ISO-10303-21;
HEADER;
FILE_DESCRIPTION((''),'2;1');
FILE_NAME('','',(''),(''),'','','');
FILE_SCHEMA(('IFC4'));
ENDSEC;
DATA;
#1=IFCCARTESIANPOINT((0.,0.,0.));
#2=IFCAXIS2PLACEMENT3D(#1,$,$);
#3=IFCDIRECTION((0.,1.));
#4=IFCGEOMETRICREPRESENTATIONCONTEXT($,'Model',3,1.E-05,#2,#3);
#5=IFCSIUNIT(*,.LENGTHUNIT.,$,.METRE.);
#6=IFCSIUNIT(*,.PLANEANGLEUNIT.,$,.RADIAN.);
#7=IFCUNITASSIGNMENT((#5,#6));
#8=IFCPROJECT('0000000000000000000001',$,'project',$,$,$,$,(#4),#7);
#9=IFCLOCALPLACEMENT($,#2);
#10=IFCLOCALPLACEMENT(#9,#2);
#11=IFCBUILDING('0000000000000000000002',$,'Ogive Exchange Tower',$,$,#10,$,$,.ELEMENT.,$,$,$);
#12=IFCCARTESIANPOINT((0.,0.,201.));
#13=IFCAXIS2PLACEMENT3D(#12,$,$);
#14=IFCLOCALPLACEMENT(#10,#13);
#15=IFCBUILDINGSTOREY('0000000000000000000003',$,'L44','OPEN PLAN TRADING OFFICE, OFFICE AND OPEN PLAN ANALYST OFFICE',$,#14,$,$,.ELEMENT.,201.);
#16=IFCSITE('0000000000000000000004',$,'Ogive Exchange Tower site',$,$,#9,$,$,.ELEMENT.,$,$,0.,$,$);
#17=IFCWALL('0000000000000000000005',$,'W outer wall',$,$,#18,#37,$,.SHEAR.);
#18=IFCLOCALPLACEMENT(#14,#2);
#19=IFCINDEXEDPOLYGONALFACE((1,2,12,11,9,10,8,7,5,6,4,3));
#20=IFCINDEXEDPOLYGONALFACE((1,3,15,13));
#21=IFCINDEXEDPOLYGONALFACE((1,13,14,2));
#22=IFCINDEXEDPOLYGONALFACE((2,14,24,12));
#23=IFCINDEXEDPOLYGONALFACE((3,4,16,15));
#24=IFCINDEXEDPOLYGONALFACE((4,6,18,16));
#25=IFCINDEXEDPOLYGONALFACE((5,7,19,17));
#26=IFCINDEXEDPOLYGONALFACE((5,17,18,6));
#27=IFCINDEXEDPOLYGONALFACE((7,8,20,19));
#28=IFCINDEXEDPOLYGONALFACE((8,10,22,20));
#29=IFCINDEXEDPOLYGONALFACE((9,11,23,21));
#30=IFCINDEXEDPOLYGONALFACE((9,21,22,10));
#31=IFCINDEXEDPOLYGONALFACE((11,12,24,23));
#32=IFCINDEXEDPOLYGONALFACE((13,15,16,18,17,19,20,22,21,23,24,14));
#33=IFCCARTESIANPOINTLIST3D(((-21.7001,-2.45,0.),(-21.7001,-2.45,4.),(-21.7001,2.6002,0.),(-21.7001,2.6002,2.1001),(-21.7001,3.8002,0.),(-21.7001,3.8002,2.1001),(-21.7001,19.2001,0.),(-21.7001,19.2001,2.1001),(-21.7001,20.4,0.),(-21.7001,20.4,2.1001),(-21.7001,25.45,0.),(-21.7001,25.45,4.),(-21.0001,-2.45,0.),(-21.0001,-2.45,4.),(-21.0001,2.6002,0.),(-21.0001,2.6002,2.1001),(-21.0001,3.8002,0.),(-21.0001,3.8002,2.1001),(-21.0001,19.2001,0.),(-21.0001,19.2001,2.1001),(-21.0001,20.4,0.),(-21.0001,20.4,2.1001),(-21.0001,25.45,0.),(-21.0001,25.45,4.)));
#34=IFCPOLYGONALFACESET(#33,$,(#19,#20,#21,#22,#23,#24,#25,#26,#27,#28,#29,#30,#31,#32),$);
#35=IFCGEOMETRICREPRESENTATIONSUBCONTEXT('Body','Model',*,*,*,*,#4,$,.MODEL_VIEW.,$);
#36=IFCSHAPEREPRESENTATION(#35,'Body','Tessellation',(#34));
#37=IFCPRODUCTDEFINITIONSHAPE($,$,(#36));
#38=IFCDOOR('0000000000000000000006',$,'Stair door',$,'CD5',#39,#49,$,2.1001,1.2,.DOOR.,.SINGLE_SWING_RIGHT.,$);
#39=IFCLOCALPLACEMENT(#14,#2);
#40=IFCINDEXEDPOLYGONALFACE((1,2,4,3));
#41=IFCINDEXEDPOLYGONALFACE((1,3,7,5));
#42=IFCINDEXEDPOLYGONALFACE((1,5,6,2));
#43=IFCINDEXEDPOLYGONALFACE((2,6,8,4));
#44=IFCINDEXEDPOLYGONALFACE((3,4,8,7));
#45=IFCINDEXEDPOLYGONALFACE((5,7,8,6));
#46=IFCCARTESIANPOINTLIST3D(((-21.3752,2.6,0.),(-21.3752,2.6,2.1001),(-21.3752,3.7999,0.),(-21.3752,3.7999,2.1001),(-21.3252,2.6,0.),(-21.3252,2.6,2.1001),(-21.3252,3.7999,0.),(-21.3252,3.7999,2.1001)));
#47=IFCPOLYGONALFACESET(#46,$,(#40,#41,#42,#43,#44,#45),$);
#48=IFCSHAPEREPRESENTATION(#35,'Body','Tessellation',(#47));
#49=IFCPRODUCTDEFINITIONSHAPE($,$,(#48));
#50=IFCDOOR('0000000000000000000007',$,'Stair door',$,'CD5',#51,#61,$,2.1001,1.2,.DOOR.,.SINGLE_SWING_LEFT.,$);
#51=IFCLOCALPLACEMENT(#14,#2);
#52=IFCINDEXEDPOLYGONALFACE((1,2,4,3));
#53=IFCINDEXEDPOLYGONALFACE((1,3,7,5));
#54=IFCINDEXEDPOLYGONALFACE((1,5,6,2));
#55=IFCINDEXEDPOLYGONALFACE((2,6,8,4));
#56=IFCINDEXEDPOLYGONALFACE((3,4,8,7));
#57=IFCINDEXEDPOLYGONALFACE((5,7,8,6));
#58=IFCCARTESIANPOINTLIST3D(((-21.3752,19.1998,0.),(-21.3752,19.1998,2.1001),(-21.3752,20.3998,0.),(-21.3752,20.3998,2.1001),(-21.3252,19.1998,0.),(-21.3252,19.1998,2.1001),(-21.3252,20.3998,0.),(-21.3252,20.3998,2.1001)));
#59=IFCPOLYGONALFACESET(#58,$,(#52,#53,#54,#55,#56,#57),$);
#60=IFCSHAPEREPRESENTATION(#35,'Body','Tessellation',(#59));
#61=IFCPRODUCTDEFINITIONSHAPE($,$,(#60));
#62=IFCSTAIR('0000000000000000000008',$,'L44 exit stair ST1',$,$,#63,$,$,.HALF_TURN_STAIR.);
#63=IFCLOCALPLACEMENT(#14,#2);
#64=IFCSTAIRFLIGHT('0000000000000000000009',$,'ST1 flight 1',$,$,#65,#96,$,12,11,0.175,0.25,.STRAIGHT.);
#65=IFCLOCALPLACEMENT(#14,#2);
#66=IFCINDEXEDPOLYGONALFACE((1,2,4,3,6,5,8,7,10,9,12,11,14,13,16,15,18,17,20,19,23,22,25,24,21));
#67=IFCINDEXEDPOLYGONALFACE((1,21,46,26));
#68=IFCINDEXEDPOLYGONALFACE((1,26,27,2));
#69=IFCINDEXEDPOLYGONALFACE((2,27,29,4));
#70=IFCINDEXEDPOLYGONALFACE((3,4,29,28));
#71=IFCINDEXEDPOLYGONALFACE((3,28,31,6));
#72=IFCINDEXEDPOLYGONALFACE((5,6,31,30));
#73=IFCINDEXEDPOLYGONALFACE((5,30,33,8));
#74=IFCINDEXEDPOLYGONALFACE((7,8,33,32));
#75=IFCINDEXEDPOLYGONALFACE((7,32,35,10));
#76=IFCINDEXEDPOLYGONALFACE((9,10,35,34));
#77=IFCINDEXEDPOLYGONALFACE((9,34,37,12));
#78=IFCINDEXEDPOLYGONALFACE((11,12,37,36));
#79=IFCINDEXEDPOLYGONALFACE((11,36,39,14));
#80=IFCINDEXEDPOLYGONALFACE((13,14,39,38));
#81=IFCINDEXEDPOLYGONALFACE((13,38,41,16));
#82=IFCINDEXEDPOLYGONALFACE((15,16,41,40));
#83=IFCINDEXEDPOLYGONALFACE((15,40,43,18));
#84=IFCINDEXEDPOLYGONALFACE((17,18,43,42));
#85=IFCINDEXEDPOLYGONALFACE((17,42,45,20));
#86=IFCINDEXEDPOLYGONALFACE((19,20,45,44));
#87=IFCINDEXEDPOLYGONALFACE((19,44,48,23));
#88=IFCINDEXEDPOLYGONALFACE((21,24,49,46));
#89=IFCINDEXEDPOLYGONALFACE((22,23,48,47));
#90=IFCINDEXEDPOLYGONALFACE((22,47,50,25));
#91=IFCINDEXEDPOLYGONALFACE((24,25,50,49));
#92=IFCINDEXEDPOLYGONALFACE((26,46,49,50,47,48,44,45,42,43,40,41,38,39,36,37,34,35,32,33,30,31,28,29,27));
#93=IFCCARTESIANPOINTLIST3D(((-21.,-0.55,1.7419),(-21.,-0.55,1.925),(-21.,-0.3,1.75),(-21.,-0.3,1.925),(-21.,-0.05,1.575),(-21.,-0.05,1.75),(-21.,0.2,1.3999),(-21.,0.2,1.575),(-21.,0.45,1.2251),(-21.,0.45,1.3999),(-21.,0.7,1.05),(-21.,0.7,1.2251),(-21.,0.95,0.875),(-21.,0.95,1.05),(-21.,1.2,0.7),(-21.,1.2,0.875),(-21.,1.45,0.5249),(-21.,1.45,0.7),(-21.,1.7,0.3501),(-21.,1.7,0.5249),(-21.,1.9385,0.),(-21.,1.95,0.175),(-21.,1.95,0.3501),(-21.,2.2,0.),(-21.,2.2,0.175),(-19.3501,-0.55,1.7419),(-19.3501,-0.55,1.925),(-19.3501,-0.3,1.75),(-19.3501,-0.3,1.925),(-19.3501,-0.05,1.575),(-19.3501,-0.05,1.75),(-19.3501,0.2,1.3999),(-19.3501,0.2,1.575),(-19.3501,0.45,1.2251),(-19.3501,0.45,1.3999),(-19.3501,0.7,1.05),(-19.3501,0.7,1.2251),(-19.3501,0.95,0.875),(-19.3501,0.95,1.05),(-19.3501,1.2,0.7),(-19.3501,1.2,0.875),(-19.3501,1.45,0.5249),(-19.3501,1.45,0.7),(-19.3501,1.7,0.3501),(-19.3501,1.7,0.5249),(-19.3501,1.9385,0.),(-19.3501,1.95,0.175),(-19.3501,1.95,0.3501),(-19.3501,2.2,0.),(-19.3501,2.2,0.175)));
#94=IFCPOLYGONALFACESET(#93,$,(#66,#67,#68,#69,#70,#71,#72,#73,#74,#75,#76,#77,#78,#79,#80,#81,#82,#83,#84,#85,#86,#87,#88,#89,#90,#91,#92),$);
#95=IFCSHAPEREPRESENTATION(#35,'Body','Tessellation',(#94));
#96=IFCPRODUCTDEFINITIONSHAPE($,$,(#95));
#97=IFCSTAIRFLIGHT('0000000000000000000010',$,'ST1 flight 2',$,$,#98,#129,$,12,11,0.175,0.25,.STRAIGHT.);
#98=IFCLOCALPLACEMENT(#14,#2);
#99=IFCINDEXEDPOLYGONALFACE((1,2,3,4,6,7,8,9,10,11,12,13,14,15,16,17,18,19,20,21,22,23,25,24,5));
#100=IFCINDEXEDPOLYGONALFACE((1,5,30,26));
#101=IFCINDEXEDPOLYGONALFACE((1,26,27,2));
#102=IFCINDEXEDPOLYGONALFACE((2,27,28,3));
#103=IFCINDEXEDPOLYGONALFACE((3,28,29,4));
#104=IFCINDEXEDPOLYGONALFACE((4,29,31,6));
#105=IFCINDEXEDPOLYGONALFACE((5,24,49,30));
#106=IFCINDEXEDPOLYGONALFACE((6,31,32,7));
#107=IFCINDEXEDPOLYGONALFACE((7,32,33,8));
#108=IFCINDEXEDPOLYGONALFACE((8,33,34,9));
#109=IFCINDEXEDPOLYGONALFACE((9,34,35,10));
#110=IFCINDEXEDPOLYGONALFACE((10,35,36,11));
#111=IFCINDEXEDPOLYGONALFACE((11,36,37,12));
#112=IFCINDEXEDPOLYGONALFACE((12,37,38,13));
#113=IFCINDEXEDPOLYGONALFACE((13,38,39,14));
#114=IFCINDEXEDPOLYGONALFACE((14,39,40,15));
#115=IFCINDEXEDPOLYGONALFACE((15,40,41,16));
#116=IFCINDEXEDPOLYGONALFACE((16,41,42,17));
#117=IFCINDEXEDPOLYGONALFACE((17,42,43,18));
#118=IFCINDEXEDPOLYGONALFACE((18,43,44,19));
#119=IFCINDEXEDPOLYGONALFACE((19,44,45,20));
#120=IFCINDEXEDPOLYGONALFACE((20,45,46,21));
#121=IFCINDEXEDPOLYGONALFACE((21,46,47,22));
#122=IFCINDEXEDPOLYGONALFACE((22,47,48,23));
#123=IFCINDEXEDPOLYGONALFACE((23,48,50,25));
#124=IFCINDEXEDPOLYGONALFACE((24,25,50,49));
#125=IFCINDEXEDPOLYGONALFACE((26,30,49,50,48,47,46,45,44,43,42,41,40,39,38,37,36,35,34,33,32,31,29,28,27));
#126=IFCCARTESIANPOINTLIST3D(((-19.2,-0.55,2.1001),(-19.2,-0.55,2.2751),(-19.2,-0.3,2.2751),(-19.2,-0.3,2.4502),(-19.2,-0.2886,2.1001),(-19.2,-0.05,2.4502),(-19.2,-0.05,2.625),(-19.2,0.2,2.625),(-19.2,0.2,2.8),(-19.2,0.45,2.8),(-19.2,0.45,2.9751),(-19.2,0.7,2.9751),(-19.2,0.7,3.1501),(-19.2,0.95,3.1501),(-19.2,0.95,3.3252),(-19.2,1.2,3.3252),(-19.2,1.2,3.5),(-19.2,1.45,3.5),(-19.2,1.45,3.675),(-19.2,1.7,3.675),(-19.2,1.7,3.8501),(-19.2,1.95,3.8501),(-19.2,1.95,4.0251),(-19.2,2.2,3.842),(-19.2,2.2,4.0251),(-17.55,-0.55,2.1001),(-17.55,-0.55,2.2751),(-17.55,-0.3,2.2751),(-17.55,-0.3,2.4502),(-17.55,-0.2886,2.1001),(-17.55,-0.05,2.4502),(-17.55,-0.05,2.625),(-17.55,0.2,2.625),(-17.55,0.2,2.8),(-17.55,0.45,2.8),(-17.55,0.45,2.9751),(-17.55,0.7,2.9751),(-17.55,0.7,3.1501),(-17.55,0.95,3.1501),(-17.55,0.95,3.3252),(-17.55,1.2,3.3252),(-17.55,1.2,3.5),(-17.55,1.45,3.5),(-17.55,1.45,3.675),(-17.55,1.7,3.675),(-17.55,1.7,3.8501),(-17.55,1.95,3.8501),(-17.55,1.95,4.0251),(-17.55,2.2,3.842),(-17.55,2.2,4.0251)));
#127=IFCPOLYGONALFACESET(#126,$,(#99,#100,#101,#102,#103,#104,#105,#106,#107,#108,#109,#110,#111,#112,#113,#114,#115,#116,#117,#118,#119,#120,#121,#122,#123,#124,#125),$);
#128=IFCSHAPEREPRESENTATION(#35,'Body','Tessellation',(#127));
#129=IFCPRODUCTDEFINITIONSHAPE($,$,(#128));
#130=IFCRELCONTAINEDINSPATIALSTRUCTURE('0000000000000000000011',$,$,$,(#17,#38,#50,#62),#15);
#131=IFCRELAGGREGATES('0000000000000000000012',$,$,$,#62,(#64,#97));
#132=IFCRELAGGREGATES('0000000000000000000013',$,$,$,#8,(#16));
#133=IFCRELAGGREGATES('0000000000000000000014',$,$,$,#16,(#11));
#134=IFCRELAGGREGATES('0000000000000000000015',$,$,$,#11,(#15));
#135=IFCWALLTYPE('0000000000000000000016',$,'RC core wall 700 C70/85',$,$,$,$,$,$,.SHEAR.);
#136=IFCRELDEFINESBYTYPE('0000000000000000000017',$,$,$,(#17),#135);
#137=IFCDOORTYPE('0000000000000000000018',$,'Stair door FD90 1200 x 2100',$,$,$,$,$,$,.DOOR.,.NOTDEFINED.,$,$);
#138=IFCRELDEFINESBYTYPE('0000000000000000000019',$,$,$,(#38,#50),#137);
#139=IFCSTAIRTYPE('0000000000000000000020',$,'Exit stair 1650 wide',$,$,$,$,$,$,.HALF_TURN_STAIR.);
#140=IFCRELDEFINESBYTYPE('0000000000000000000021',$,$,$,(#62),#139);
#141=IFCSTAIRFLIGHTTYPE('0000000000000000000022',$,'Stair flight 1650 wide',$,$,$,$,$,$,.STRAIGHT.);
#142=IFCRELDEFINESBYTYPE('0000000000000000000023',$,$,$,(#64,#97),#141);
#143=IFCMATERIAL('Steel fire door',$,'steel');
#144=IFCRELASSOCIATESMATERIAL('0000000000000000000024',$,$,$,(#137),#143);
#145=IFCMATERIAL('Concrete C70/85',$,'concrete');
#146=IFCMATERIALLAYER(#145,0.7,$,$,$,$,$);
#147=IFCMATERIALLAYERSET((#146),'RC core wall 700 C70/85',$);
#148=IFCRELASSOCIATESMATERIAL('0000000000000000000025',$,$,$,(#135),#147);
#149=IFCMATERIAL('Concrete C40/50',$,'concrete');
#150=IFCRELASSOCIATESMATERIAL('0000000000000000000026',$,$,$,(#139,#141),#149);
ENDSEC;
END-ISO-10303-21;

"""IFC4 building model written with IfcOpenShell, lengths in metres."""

from ifc_helpers import new_model, si_unit, direction, frame, frame_2d, origin, place, context, subcontext, project, spatial, polyline, rectangle, outline, extrude, material, layer, layer_set, type_object, element, fill, aggregate, save


model = new_model("IFC4")

# Units and contexts
model_context = context("Model", 3, precision=1e-05, world=origin(), true_north=direction((0.0, 1.0)))
body_context = subcontext(model_context, "Body", "Model", "MODEL_VIEW")
ifc_project = project(units=[si_unit("LENGTHUNIT", "METRE"), si_unit("PLANEANGLEUNIT", "RADIAN")], contexts=[model_context])

# Site, building, storey
site_placement = place(None, origin())
site = spatial("IfcSite", under=ifc_project, at=site_placement, Name="Ogive Exchange Tower site", CompositionType="ELEMENT", RefElevation=0.0)
building_placement = place(site_placement, origin())
building = spatial("IfcBuilding", under=site, at=building_placement, Name="Ogive Exchange Tower", CompositionType="ELEMENT")
storey_placement = place(building_placement, frame((0.0, 0.0, 201.0)))
storey = spatial("IfcBuildingStorey", under=building, at=storey_placement, Name="L44", Description="OPEN PLAN TRADING OFFICE, OFFICE AND OPEN PLAN ANALYST OFFICE", CompositionType="ELEMENT", Elevation=201.0)

# Shared definitions
ifc_material_1 = material(Name="Concrete C70/85", Category="concrete")
ifc_material_2 = material(Name="Steel fire door", Category="steel")
door_type_1 = type_object("IfcDoorType", Name="Stair door FD90 1200 x 2100", OperationType="NOTDEFINED", PredefinedType="DOOR", material=ifc_material_2)

# Wall, openings, doors
ifc_layer_1 = layer(ifc_material_1, 0.7)
ifc_layer_set_1 = layer_set([ifc_layer_1], Name="RC core wall 700 C70/85")
wall_type_1 = type_object("IfcWallType", Name="RC core wall 700 C70/85", PredefinedType="SHEAR", material=ifc_layer_set_1)
wall_1_placement = place(storey_placement, frame((-21.3501, -2.45, 0.0), z_axis=(0.0, 0.0, 1.0), x_axis=(0.0, 1.0, 0.0)))
wall_1 = element("IfcWall", 1, at=wall_1_placement, inside=storey, type_object=wall_type_1, Name="W outer wall", PredefinedType="SHEAR", context=body_context, shape_type="SweptSolid", body=[
    extrude(rectangle(XDim=27.8999, YDim=0.7, at=frame_2d((13.95, 0.0))), origin(), (0.0, 0.0, 1.0), 4.0),
])
opening_1_placement = place(wall_1_placement, frame((5.05, 0.0, 0.0)))
opening_1 = element("IfcOpeningElement", 2, at=opening_1_placement, cuts=wall_1, PredefinedType="OPENING", context=body_context, shape_type="SweptSolid", body=[
    extrude(rectangle(XDim=1.2, YDim=2.1001, at=frame_2d((0.6001, 1.05))), frame((0.0, 0.3599, 0.0), z_axis=(0.0, -1.0, 0.0), x_axis=(1.0, 0.0, 0.0)), (0.0, 0.0, 1.0), 0.72),
])
opening_2_placement = place(wall_1_placement, frame((21.6499, 0.0, 0.0)))
opening_2 = element("IfcOpeningElement", 3, at=opening_2_placement, cuts=wall_1, PredefinedType="OPENING", context=body_context, shape_type="SweptSolid", body=[
    extrude(rectangle(XDim=1.2, YDim=2.1001, at=frame_2d((0.6001, 1.05))), frame((0.0, 0.3599, 0.0), z_axis=(0.0, -1.0, 0.0), x_axis=(1.0, 0.0, 0.0)), (0.0, 0.0, 1.0), 0.72),
])
door_1_placement = place(opening_1_placement, frame((1.2, 0.0, 0.0), z_axis=(0.0, 0.0, 1.0), x_axis=(-1.0, 0.0, 0.0)))
door_1 = element("IfcDoor", 4, at=door_1_placement, inside=storey, type_object=door_type_1, Name="Stair door", ObjectType="CD5", OperationType="SINGLE_SWING_RIGHT", OverallHeight=2.1001, OverallWidth=1.2, PredefinedType="DOOR", context=body_context, shape_type="SweptSolid", body=[
    extrude(rectangle(XDim=1.2, YDim=2.1001, at=frame_2d((0.6001, 1.05))), frame((0.0, 0.0249, 0.0), z_axis=(0.0, -1.0, 0.0), x_axis=(1.0, 0.0, 0.0)), (0.0, 0.0, 1.0), 0.05),
])
fill(opening_1, door_1)
door_2_placement = place(opening_2_placement, frame((1.2, 0.0, 0.0), z_axis=(0.0, 0.0, 1.0), x_axis=(-1.0, 0.0, 0.0)))
door_2 = element("IfcDoor", 5, at=door_2_placement, inside=storey, type_object=door_type_1, Name="Stair door", ObjectType="CD5", OperationType="SINGLE_SWING_LEFT", OverallHeight=2.1001, OverallWidth=1.2, PredefinedType="DOOR", context=body_context, shape_type="SweptSolid", body=[
    extrude(rectangle(XDim=1.2, YDim=2.1001, at=frame_2d((0.6001, 1.05))), frame((0.0, 0.0249, 0.0), z_axis=(0.0, -1.0, 0.0), x_axis=(1.0, 0.0, 0.0)), (0.0, 0.0, 1.0), 0.05),
])
fill(opening_2, door_2)

# Stair, stair flights
ifc_material_3 = material(Name="Concrete C40/50", Category="concrete")
stair_type = type_object("IfcStairType", Name="Exit stair 1650 wide", PredefinedType="HALF_TURN_STAIR", material=ifc_material_3)
stair_placement = place(storey_placement, origin())
stair = element("IfcStair", 6, at=stair_placement, inside=storey, type_object=stair_type, Name="L44 exit stair ST1", PredefinedType="HALF_TURN_STAIR")
stair_flight_type = type_object("IfcStairFlightType", Name="Stair flight 1650 wide", PredefinedType="STRAIGHT", material=ifc_material_3)
stair_flight_1_placement = place(storey_placement, frame((-20.175, 2.2, 0.0), z_axis=(0.0, 0.0, 1.0), x_axis=(0.0, -1.0, 0.0)))
stair_flight_1 = element("IfcStairFlight", 7, at=stair_flight_1_placement, type_object=stair_flight_type, Name="ST1 flight 1", NumberOfRisers=12, NumberOfTreads=11, PredefinedType="STRAIGHT", RiserHeight=0.175, TreadLength=0.25, context=body_context, shape_type="SweptSolid", body=[
    extrude(outline(polyline([(0.0, 0.0), (0.0, 0.175), (0.25, 0.175), (0.25, 0.3501), (0.5, 0.3501), (0.5, 0.5249), (0.75, 0.5249), (0.75, 0.7), (1.0, 0.7), (1.0, 0.875), (1.25, 0.875), (1.25, 1.05), (1.5, 1.05), (1.5, 1.2251), (1.75, 1.2251), (1.75, 1.3999), (2.0, 1.3999), (2.0, 1.575), (2.25, 1.575), (2.25, 1.75), (2.5, 1.75), (2.5, 1.925), (2.75, 1.925), (2.75, 2.1001), (2.75, 1.7419), (0.2615, 0.0), (0.0, 0.0)])), frame((0.0, 0.825, 0.0), z_axis=(0.0, -1.0, 0.0), x_axis=(1.0, 0.0, 0.0)), (0.0, 0.0, 1.0), 1.6499),
])
stair_flight_2_placement = place(storey_placement, frame((-18.375, -0.55, 2.1001), z_axis=(0.0, 0.0, 1.0), x_axis=(0.0, 1.0, 0.0)))
stair_flight_2 = element("IfcStairFlight", 8, at=stair_flight_2_placement, type_object=stair_flight_type, Name="ST1 flight 2", NumberOfRisers=12, NumberOfTreads=11, PredefinedType="STRAIGHT", RiserHeight=0.175, TreadLength=0.25, context=body_context, shape_type="SweptSolid", body=[
    extrude(outline(polyline([(0.0, 0.0), (0.0, 0.175), (0.25, 0.175), (0.25, 0.3501), (0.5, 0.3501), (0.5, 0.5249), (0.75, 0.5249), (0.75, 0.7), (1.0, 0.7), (1.0, 0.875), (1.25, 0.875), (1.25, 1.05), (1.5, 1.05), (1.5, 1.2251), (1.75, 1.2251), (1.75, 1.3999), (2.0, 1.3999), (2.0, 1.575), (2.25, 1.575), (2.25, 1.75), (2.5, 1.75), (2.5, 1.925), (2.75, 1.925), (2.75, 2.1001), (2.75, 1.7419), (0.2615, 0.0), (0.0, 0.0)])), frame((0.0, 0.825, 0.0), z_axis=(0.0, -1.0, 0.0), x_axis=(1.0, 0.0, 0.0)), (0.0, 0.0, 1.0), 1.6499),
])
aggregate(stair, [stair_flight_1, stair_flight_2])

save(model, "model.ifc")
